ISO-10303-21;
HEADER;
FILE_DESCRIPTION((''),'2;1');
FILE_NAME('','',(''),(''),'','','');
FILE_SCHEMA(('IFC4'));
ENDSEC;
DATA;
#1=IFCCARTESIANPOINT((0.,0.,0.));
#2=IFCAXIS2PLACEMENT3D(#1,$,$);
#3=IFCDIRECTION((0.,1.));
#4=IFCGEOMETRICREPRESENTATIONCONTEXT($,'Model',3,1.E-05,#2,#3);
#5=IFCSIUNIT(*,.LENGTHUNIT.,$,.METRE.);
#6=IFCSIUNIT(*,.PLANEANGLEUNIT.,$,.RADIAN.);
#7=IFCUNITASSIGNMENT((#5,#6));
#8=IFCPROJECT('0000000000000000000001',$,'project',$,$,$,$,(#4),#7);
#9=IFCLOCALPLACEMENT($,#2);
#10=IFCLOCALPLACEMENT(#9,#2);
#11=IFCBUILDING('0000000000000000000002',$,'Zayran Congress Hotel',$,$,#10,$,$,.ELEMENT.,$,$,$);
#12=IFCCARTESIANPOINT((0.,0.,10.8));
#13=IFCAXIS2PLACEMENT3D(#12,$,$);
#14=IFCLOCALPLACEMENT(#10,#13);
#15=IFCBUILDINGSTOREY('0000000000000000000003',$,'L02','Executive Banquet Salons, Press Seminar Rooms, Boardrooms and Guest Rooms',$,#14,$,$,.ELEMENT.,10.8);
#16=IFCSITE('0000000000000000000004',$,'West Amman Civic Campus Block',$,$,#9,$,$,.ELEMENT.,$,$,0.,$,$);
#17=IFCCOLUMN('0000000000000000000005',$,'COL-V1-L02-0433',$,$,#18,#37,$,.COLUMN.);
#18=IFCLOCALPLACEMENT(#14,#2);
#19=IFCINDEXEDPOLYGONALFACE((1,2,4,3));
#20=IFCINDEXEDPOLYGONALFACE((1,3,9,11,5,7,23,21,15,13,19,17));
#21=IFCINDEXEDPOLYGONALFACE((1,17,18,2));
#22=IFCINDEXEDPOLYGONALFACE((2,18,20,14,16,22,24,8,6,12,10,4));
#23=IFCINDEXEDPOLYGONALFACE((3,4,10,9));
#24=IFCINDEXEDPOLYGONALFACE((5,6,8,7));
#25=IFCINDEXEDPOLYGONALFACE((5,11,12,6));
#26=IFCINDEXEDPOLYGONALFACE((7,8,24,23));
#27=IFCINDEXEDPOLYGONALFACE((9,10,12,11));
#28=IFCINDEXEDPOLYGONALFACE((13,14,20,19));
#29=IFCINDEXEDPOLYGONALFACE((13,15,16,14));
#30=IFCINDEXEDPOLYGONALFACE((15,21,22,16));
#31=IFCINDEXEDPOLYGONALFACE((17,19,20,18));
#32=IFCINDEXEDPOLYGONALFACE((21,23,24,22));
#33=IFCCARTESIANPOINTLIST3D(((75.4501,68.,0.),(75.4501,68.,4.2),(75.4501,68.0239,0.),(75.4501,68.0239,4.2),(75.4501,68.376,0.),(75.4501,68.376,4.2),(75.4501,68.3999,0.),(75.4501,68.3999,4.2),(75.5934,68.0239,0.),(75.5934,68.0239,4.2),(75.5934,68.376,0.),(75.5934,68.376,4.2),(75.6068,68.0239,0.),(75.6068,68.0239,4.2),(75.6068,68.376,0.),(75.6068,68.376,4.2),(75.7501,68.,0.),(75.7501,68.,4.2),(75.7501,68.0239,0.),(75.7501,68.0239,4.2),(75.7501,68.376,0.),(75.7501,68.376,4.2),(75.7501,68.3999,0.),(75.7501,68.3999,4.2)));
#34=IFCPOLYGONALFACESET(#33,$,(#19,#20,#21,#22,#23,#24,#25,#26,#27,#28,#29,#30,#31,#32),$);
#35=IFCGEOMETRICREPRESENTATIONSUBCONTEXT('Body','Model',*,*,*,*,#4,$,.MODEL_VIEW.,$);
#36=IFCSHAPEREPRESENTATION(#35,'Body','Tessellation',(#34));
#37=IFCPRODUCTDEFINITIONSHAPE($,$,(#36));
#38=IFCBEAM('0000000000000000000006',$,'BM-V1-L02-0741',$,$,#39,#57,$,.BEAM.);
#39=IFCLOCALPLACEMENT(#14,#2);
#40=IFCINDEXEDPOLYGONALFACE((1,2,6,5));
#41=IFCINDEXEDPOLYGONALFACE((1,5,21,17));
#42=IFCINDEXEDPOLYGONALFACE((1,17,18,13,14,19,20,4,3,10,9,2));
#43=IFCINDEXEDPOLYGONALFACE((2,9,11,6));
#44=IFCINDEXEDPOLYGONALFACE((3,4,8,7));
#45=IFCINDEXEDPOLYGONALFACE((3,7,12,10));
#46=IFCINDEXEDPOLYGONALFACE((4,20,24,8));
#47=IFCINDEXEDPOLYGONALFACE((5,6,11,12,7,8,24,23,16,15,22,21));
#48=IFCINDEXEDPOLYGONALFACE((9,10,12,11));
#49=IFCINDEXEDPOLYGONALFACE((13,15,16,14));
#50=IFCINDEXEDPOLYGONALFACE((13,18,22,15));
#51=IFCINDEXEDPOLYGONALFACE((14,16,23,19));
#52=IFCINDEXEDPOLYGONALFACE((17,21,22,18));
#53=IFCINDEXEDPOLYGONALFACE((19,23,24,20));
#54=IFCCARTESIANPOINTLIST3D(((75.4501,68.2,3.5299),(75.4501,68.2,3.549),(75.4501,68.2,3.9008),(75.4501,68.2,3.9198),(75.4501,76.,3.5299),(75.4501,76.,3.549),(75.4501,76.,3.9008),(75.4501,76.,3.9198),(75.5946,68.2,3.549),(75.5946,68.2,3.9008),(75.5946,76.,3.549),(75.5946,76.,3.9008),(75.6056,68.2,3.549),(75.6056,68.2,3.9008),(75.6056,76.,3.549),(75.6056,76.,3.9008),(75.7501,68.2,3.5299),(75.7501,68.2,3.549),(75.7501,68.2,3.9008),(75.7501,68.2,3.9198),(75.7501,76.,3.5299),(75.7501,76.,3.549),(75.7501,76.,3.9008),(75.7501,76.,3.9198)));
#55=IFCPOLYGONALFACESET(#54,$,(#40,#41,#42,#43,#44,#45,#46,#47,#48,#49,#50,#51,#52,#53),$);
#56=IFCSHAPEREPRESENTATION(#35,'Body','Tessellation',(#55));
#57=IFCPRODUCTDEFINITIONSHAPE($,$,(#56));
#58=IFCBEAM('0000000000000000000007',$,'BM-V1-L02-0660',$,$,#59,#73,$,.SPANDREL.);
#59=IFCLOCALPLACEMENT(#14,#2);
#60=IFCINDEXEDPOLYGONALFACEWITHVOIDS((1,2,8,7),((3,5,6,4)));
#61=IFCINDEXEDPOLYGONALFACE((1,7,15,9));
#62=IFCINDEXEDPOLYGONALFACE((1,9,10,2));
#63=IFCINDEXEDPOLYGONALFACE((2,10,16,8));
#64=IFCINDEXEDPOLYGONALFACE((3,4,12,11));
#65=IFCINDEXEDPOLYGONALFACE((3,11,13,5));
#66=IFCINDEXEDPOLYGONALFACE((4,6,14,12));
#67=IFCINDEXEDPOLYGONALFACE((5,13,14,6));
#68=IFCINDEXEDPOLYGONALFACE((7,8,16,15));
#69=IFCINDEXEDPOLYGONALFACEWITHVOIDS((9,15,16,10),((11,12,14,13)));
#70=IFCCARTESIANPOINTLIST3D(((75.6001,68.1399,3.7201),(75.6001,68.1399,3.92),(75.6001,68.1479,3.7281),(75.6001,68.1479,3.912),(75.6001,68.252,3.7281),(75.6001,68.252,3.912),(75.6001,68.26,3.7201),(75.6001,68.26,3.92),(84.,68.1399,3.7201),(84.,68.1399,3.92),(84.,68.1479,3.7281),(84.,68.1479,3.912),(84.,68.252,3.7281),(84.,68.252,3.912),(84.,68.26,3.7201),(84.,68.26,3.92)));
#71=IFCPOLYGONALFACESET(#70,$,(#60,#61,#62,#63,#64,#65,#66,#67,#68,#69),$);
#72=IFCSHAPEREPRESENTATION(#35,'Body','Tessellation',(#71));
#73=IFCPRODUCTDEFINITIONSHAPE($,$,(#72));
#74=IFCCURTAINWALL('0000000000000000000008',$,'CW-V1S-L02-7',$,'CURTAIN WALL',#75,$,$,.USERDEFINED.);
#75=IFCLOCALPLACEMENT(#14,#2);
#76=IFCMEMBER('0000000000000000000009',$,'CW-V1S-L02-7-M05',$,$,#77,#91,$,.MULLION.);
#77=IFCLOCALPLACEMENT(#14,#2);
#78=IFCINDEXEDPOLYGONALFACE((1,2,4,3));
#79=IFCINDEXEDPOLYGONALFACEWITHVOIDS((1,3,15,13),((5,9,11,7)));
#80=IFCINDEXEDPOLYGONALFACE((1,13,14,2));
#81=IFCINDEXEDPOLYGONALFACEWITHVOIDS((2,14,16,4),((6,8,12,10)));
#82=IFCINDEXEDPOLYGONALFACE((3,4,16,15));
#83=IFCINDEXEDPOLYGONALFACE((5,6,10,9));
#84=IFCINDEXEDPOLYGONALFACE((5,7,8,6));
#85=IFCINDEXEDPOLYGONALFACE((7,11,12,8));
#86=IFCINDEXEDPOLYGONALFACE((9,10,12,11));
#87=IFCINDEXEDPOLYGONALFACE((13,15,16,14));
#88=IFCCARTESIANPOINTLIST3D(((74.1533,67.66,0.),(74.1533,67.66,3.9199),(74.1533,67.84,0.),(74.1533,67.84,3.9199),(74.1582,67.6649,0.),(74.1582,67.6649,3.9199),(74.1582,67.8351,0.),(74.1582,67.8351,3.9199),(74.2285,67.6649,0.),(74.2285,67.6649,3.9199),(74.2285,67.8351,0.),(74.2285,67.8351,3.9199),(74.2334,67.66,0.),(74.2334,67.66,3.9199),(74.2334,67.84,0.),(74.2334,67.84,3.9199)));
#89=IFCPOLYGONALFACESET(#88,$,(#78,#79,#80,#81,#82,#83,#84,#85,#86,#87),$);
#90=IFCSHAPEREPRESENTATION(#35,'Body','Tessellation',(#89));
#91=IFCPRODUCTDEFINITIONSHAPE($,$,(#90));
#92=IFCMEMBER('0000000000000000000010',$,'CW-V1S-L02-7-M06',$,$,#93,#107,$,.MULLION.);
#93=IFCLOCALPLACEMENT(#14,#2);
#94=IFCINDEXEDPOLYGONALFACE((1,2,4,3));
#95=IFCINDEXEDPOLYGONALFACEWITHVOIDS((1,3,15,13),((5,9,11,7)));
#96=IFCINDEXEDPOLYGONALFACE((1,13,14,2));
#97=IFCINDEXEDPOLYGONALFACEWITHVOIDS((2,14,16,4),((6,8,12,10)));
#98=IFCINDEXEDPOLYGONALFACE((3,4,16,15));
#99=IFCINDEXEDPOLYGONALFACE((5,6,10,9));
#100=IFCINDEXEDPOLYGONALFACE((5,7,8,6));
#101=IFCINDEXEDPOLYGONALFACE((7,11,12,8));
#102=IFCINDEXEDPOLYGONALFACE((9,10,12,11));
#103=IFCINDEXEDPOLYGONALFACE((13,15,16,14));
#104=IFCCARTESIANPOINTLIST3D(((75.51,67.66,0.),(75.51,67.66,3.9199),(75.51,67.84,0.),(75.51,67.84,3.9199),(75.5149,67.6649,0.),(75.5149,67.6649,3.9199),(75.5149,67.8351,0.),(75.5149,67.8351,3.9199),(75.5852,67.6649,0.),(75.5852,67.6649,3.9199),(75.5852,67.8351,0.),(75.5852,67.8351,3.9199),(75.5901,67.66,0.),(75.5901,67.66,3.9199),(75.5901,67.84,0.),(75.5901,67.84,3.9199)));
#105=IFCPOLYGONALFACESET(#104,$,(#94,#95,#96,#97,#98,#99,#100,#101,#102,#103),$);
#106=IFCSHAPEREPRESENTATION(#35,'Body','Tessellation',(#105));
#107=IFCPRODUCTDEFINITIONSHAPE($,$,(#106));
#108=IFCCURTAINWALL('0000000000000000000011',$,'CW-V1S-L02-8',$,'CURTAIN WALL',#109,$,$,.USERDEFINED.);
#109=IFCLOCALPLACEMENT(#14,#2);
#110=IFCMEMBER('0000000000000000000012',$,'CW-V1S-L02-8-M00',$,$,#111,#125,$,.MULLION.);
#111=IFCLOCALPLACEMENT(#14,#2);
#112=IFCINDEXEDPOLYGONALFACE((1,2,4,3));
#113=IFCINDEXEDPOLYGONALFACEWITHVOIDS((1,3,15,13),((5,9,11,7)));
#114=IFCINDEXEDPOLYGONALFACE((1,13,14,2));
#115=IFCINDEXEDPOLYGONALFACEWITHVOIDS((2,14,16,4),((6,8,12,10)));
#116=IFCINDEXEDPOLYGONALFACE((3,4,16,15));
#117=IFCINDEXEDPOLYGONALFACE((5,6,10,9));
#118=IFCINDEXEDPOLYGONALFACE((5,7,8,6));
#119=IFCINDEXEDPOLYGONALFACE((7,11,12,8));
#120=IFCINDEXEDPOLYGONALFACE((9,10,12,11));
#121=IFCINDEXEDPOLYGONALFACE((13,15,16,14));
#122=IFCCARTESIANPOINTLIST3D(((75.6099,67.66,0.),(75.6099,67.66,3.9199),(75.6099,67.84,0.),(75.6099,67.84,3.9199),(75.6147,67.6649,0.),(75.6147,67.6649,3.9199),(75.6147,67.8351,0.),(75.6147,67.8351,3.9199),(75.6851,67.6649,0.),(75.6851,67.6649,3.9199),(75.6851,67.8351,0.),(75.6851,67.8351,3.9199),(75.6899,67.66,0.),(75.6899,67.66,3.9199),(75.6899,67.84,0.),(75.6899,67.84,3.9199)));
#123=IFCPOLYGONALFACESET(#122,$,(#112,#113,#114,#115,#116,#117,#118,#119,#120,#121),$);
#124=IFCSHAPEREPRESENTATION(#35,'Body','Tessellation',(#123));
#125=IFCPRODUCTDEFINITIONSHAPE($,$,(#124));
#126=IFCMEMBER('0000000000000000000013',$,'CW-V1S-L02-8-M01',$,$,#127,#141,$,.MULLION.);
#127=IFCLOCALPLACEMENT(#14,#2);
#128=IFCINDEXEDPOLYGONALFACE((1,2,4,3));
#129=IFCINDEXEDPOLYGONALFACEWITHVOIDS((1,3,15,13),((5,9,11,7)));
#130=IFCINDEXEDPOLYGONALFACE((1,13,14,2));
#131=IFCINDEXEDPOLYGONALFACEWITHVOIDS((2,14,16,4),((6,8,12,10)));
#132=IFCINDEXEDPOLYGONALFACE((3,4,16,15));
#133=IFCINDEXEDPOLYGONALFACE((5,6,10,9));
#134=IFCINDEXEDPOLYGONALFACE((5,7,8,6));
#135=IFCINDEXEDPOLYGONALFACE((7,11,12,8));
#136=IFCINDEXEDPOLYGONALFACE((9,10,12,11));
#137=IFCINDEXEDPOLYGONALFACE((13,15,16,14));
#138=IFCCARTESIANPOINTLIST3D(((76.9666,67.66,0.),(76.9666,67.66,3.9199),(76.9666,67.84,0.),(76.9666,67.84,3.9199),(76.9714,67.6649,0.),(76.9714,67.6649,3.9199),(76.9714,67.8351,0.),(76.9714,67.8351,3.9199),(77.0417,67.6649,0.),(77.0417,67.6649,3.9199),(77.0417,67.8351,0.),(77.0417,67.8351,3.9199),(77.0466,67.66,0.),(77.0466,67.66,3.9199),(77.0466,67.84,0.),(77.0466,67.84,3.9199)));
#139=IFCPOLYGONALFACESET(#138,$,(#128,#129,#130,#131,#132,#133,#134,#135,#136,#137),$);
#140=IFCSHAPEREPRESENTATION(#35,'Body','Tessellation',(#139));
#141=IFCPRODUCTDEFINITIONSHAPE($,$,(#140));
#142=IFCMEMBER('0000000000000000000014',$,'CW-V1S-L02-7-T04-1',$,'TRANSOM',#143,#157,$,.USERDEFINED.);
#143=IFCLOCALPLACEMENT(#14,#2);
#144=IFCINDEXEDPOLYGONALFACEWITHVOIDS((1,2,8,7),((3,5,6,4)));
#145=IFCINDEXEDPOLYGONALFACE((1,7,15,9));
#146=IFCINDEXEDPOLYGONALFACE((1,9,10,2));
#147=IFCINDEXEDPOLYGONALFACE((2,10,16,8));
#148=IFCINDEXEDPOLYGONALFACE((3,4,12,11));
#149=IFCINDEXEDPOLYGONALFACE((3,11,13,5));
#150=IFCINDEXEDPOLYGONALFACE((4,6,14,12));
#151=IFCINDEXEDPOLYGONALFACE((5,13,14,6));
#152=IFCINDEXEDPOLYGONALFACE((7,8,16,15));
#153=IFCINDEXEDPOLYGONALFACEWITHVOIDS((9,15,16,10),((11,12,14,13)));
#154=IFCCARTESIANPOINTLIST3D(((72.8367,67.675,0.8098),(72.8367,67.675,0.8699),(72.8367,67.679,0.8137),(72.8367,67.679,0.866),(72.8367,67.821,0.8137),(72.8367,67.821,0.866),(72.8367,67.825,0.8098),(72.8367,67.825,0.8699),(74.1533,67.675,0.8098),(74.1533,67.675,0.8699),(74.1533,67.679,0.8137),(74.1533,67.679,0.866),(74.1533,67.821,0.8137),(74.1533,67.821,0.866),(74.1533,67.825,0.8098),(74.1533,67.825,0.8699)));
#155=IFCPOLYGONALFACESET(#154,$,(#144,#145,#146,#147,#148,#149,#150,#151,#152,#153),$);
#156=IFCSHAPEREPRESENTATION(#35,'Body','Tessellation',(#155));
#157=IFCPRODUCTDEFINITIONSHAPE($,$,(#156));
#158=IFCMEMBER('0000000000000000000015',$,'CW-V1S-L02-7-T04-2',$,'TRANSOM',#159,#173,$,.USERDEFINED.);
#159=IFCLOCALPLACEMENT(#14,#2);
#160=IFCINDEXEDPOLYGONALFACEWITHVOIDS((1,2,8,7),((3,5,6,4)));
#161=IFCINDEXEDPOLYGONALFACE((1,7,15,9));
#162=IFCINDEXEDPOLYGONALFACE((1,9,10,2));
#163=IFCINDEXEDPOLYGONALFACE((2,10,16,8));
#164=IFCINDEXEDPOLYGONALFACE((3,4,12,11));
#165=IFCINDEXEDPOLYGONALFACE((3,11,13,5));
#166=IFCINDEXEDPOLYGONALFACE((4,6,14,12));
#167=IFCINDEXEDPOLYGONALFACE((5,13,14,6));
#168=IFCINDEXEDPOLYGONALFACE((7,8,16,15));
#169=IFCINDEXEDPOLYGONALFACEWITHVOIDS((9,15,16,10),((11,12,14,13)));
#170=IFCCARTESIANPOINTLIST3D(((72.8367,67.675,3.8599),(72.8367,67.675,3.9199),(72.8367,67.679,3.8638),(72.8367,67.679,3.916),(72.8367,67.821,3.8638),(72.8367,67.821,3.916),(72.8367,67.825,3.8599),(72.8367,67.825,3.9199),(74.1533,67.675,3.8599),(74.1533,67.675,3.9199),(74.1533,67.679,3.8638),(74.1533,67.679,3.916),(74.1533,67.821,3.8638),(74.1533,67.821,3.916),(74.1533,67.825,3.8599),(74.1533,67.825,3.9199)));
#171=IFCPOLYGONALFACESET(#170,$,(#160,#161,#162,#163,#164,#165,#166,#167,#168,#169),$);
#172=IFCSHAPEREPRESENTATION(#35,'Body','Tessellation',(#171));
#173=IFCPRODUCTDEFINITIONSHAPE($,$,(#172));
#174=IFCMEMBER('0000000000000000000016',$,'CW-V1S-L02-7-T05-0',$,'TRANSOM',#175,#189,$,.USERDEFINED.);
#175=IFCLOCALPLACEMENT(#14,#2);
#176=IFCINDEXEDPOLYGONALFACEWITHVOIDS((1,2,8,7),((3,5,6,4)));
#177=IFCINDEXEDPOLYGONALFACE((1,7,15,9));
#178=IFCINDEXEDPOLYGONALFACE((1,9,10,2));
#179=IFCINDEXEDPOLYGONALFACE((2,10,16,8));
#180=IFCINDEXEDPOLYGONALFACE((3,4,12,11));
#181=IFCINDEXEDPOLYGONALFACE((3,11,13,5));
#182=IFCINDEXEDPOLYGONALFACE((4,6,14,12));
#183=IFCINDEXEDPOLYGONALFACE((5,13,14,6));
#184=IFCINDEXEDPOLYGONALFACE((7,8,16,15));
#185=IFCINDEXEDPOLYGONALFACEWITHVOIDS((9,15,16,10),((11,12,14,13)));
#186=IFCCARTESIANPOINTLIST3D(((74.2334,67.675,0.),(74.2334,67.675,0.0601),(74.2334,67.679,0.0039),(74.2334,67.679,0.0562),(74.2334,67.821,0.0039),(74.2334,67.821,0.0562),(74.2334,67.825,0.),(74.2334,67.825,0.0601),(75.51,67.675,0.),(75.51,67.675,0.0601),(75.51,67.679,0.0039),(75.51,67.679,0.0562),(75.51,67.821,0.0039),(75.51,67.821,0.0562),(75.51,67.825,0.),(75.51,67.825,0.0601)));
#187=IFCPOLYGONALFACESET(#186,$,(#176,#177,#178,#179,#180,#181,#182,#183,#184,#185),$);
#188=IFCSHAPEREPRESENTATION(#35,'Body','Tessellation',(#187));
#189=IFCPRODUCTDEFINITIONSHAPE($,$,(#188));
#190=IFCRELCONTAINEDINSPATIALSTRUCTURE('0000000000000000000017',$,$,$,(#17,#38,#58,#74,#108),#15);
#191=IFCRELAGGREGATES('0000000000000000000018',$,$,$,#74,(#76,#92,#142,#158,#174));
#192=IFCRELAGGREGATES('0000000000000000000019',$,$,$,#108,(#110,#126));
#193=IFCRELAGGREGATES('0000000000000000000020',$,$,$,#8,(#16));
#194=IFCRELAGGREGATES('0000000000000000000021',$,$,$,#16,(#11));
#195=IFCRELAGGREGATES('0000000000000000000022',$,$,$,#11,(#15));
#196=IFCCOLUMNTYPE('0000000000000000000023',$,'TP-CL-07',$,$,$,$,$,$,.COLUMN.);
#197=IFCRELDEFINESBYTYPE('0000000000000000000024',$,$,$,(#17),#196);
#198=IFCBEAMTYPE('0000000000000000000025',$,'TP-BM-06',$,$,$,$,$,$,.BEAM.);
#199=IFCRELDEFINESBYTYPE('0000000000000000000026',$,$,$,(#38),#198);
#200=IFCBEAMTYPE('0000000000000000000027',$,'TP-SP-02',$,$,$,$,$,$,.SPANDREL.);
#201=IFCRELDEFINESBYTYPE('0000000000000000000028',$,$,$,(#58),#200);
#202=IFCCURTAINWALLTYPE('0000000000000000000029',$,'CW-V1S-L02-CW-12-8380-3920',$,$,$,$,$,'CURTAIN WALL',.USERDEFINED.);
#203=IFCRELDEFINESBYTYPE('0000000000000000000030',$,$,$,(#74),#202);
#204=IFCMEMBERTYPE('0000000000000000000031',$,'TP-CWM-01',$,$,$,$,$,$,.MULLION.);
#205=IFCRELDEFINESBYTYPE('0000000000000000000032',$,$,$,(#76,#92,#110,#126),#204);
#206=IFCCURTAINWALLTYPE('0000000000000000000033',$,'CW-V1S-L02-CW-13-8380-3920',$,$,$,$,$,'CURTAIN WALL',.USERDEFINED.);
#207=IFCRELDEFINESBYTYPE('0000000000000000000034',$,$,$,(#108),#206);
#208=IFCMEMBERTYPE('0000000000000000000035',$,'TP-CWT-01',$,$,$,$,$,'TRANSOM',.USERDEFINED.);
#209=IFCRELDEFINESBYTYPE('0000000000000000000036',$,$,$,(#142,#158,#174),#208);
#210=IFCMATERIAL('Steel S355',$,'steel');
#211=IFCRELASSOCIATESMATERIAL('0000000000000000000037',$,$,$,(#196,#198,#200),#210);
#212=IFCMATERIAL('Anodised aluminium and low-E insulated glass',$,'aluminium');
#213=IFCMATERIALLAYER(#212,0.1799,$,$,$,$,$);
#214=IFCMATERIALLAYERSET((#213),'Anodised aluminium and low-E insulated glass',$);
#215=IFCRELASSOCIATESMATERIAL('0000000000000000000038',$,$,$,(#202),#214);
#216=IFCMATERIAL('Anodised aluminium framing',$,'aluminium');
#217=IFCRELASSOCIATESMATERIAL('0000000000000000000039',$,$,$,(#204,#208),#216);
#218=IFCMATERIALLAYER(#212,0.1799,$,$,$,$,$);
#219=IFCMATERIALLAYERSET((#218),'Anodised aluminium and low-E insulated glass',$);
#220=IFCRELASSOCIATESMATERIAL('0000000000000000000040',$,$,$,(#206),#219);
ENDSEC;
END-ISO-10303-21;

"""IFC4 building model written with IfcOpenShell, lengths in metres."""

from ifc_helpers import new_model, si_unit, direction, frame, origin, origin_2d, place, context, subcontext, project, spatial, hollow_rectangle, i_section, extrude, material, layer, layer_set, material_profile, profile_set, type_object, element, aggregate, save


model = new_model("IFC4")

# Units and contexts
model_context = context("Model", 3, precision=1e-05, world=origin(), true_north=direction((0.0, 1.0)))
body_context = subcontext(model_context, "Body", "Model", "MODEL_VIEW")
ifc_project = project(units=[si_unit("LENGTHUNIT", "METRE"), si_unit("PLANEANGLEUNIT", "RADIAN")], contexts=[model_context])

# Site, building, storey
site_placement = place(None, origin())
site = spatial("IfcSite", under=ifc_project, at=site_placement, Name="West Amman Civic Campus Block", CompositionType="ELEMENT", RefElevation=0.0)
building_placement = place(site_placement, origin())
building = spatial("IfcBuilding", under=site, at=building_placement, Name="Zayran Congress Hotel", CompositionType="ELEMENT")
storey_placement = place(building_placement, frame((0.0, 0.0, 10.8)))
storey = spatial("IfcBuildingStorey", under=building, at=storey_placement, Name="L02", Description="Executive Banquet Salons, Press Seminar Rooms, Boardrooms and Guest Rooms", CompositionType="ELEMENT", Elevation=10.8)

# Column
ifc_material_1 = material(Name="Steel S355", Category="steel")
ifc_material_profile_1 = material_profile(ifc_material_1, i_section(OverallWidth=0.3, OverallDepth=0.3999, WebThickness=0.0134, FlangeThickness=0.0239, at=origin_2d()), Name="HEB 400")
ifc_profile_set_1 = profile_set([ifc_material_profile_1], Name="Steel S355")
column_type = type_object("IfcColumnType", Name="TP-CL-07", PredefinedType="COLUMN", material=ifc_profile_set_1)
column_placement = place(storey_placement, frame((75.6001, 68.2, 0.0), z_axis=(0.0, 0.0, 1.0), x_axis=(1.0, 0.0, 0.0)))
element("IfcColumn", 1, at=column_placement, inside=storey, type_object=column_type, Name="COL-V1-L02-0433", PredefinedType="COLUMN", context=body_context, shape_type="SweptSolid", body=[
    extrude(i_section(OverallWidth=0.3, OverallDepth=0.3999, WebThickness=0.0134, FlangeThickness=0.0239, at=origin_2d()), origin(), (0.0, 0.0, 1.0), 4.2),
])

# Beams
ifc_material_profile_2 = material_profile(ifc_material_1, i_section(OverallWidth=0.3, OverallDepth=0.3899, WebThickness=0.011, FlangeThickness=0.019, at=origin_2d()), Name="HEA 400")
ifc_profile_set_2 = profile_set([ifc_material_profile_2], Name="Steel S355")
beam_type_1 = type_object("IfcBeamType", Name="TP-BM-06", PredefinedType="BEAM", material=ifc_profile_set_2)
beam_1_placement = place(storey_placement, frame((75.6001, 68.2, 3.7249), z_axis=(0.0, 1.0, 0.0), x_axis=(-1.0, 0.0, 0.0)))
element("IfcBeam", 2, at=beam_1_placement, inside=storey, type_object=beam_type_1, Name="BM-V1-L02-0741", PredefinedType="BEAM", context=body_context, shape_type="SweptSolid", body=[
    extrude(i_section(OverallWidth=0.3, OverallDepth=0.3899, WebThickness=0.011, FlangeThickness=0.019, at=origin_2d()), origin(), (0.0, 0.0, 1.0), 7.8),
])
ifc_material_profile_3 = material_profile(ifc_material_1, hollow_rectangle(XDim=0.1201, YDim=0.2, WallThickness=0.0081, at=origin_2d()), Name="RHS 200x120x8")
ifc_profile_set_3 = profile_set([ifc_material_profile_3], Name="Steel S355")
beam_type_2 = type_object("IfcBeamType", Name="TP-SP-02", PredefinedType="SPANDREL", material=ifc_profile_set_3)
beam_2_placement = place(storey_placement, frame((75.6001, 68.2, 3.8201), z_axis=(1.0, 0.0, 0.0), x_axis=(0.0, 1.0, 0.0)))
element("IfcBeam", 3, at=beam_2_placement, inside=storey, type_object=beam_type_2, Name="BM-V1-L02-0660", PredefinedType="SPANDREL", context=body_context, shape_type="SweptSolid", body=[
    extrude(hollow_rectangle(XDim=0.1201, YDim=0.2, WallThickness=0.0081, at=origin_2d()), origin(), (0.0, 0.0, 1.0), 8.3999),
])

# Curtain walls, members
ifc_material_2 = material(Name="Anodised aluminium and low-E insulated glass", Category="aluminium")
ifc_layer_1 = layer(ifc_material_2, 0.1799)
ifc_layer_set_1 = layer_set([ifc_layer_1], Name="Anodised aluminium and low-E insulated glass")
curtain_wall_type_1 = type_object("IfcCurtainWallType", Name="CW-V1S-L02-CW-12-8380-3920", ElementType="CURTAIN WALL", PredefinedType="USERDEFINED", material=ifc_layer_set_1)
curtain_wall_1_placement = place(storey_placement, origin())
curtain_wall_1 = element("IfcCurtainWall", 4, at=curtain_wall_1_placement, inside=storey, type_object=curtain_wall_type_1, Name="CW-V1S-L02-7", ObjectType="CURTAIN WALL", PredefinedType="USERDEFINED")
ifc_material_3 = material(Name="Anodised aluminium framing", Category="aluminium")
ifc_material_profile_4 = material_profile(ifc_material_3, hollow_rectangle(XDim=0.0801, YDim=0.1799, WallThickness=0.0049, at=origin_2d()), Name="RHS 180x80x5")
ifc_profile_set_4 = profile_set([ifc_material_profile_4], Name="Anodised aluminium framing")
member_type_1 = type_object("IfcMemberType", Name="TP-CWM-01", PredefinedType="MULLION", material=ifc_profile_set_4)
member_1_placement = place(storey_placement, frame((74.1934, 67.75, 0.0), z_axis=(0.0, 0.0, 1.0), x_axis=(1.0, 0.0, 0.0)))
member_1 = element("IfcMember", 5, at=member_1_placement, type_object=member_type_1, Name="CW-V1S-L02-7-M05", PredefinedType="MULLION", context=body_context, shape_type="SweptSolid", body=[
    extrude(hollow_rectangle(XDim=0.0801, YDim=0.1799, WallThickness=0.0049, at=origin_2d()), origin(), (0.0, 0.0, 1.0), 3.9199),
])
member_2_placement = place(storey_placement, frame((75.55, 67.75, 0.0), z_axis=(0.0, 0.0, 1.0), x_axis=(1.0, 0.0, 0.0)))
member_2 = element("IfcMember", 6, at=member_2_placement, type_object=member_type_1, Name="CW-V1S-L02-7-M06", PredefinedType="MULLION", context=body_context, shape_type="SweptSolid", body=[
    extrude(hollow_rectangle(XDim=0.0801, YDim=0.1799, WallThickness=0.0049, at=origin_2d()), origin(), (0.0, 0.0, 1.0), 3.9199),
])
ifc_layer_2 = layer(ifc_material_2, 0.1799)
ifc_layer_set_2 = layer_set([ifc_layer_2], Name="Anodised aluminium and low-E insulated glass")
curtain_wall_type_2 = type_object("IfcCurtainWallType", Name="CW-V1S-L02-CW-13-8380-3920", ElementType="CURTAIN WALL", PredefinedType="USERDEFINED", material=ifc_layer_set_2)
curtain_wall_2_placement = place(storey_placement, origin())
curtain_wall_2 = element("IfcCurtainWall", 7, at=curtain_wall_2_placement, inside=storey, type_object=curtain_wall_type_2, Name="CW-V1S-L02-8", ObjectType="CURTAIN WALL", PredefinedType="USERDEFINED")
member_3_placement = place(storey_placement, frame((75.6499, 67.75, 0.0), z_axis=(0.0, 0.0, 1.0), x_axis=(1.0, 0.0, 0.0)))
member_3 = element("IfcMember", 8, at=member_3_placement, type_object=member_type_1, Name="CW-V1S-L02-8-M00", PredefinedType="MULLION", context=body_context, shape_type="SweptSolid", body=[
    extrude(hollow_rectangle(XDim=0.0801, YDim=0.1799, WallThickness=0.0049, at=origin_2d()), origin(), (0.0, 0.0, 1.0), 3.9199),
])
member_4_placement = place(storey_placement, frame((77.0066, 67.75, 0.0), z_axis=(0.0, 0.0, 1.0), x_axis=(1.0, 0.0, 0.0)))
member_4 = element("IfcMember", 9, at=member_4_placement, type_object=member_type_1, Name="CW-V1S-L02-8-M01", PredefinedType="MULLION", context=body_context, shape_type="SweptSolid", body=[
    extrude(hollow_rectangle(XDim=0.0801, YDim=0.1799, WallThickness=0.0049, at=origin_2d()), origin(), (0.0, 0.0, 1.0), 3.9199),
])

# Members
ifc_material_profile_5 = material_profile(ifc_material_3, hollow_rectangle(XDim=0.0601, YDim=0.1499, WallThickness=0.0039, at=origin_2d()), Name="RHS 150x60x4")
ifc_profile_set_5 = profile_set([ifc_material_profile_5], Name="Anodised aluminium framing")
member_type_2 = type_object("IfcMemberType", Name="TP-CWT-01", ElementType="TRANSOM", PredefinedType="USERDEFINED", material=ifc_profile_set_5)
member_5_placement = place(storey_placement, frame((72.8367, 67.75, 0.8398), z_axis=(1.0, 0.0, 0.0), x_axis=(0.0, 0.0, 1.0)))
member_5 = element("IfcMember", 10, at=member_5_placement, type_object=member_type_2, Name="CW-V1S-L02-7-T04-1", ObjectType="TRANSOM", PredefinedType="USERDEFINED", context=body_context, shape_type="SweptSolid", body=[
    extrude(hollow_rectangle(XDim=0.0601, YDim=0.1499, WallThickness=0.0039, at=origin_2d()), origin(), (0.0, 0.0, 1.0), 1.3167),
])
member_6_placement = place(storey_placement, frame((72.8367, 67.75, 3.8899), z_axis=(1.0, 0.0, 0.0), x_axis=(0.0, 0.0, 1.0)))
member_6 = element("IfcMember", 11, at=member_6_placement, type_object=member_type_2, Name="CW-V1S-L02-7-T04-2", ObjectType="TRANSOM", PredefinedType="USERDEFINED", context=body_context, shape_type="SweptSolid", body=[
    extrude(hollow_rectangle(XDim=0.0601, YDim=0.1499, WallThickness=0.0039, at=origin_2d()), origin(), (0.0, 0.0, 1.0), 1.3167),
])
member_7_placement = place(storey_placement, frame((74.2334, 67.75, 0.03), z_axis=(1.0, 0.0, 0.0), x_axis=(0.0, 0.0, 1.0)))
member_7 = element("IfcMember", 12, at=member_7_placement, type_object=member_type_2, Name="CW-V1S-L02-7-T05-0", ObjectType="TRANSOM", PredefinedType="USERDEFINED", context=body_context, shape_type="SweptSolid", body=[
    extrude(hollow_rectangle(XDim=0.0601, YDim=0.1499, WallThickness=0.0039, at=origin_2d()), origin(), (0.0, 0.0, 1.0), 1.2766),
])

aggregate(curtain_wall_1, [member_1, member_2, member_5, member_6, member_7])
aggregate(curtain_wall_2, [member_3, member_4])

save(model, "model.ifc")
